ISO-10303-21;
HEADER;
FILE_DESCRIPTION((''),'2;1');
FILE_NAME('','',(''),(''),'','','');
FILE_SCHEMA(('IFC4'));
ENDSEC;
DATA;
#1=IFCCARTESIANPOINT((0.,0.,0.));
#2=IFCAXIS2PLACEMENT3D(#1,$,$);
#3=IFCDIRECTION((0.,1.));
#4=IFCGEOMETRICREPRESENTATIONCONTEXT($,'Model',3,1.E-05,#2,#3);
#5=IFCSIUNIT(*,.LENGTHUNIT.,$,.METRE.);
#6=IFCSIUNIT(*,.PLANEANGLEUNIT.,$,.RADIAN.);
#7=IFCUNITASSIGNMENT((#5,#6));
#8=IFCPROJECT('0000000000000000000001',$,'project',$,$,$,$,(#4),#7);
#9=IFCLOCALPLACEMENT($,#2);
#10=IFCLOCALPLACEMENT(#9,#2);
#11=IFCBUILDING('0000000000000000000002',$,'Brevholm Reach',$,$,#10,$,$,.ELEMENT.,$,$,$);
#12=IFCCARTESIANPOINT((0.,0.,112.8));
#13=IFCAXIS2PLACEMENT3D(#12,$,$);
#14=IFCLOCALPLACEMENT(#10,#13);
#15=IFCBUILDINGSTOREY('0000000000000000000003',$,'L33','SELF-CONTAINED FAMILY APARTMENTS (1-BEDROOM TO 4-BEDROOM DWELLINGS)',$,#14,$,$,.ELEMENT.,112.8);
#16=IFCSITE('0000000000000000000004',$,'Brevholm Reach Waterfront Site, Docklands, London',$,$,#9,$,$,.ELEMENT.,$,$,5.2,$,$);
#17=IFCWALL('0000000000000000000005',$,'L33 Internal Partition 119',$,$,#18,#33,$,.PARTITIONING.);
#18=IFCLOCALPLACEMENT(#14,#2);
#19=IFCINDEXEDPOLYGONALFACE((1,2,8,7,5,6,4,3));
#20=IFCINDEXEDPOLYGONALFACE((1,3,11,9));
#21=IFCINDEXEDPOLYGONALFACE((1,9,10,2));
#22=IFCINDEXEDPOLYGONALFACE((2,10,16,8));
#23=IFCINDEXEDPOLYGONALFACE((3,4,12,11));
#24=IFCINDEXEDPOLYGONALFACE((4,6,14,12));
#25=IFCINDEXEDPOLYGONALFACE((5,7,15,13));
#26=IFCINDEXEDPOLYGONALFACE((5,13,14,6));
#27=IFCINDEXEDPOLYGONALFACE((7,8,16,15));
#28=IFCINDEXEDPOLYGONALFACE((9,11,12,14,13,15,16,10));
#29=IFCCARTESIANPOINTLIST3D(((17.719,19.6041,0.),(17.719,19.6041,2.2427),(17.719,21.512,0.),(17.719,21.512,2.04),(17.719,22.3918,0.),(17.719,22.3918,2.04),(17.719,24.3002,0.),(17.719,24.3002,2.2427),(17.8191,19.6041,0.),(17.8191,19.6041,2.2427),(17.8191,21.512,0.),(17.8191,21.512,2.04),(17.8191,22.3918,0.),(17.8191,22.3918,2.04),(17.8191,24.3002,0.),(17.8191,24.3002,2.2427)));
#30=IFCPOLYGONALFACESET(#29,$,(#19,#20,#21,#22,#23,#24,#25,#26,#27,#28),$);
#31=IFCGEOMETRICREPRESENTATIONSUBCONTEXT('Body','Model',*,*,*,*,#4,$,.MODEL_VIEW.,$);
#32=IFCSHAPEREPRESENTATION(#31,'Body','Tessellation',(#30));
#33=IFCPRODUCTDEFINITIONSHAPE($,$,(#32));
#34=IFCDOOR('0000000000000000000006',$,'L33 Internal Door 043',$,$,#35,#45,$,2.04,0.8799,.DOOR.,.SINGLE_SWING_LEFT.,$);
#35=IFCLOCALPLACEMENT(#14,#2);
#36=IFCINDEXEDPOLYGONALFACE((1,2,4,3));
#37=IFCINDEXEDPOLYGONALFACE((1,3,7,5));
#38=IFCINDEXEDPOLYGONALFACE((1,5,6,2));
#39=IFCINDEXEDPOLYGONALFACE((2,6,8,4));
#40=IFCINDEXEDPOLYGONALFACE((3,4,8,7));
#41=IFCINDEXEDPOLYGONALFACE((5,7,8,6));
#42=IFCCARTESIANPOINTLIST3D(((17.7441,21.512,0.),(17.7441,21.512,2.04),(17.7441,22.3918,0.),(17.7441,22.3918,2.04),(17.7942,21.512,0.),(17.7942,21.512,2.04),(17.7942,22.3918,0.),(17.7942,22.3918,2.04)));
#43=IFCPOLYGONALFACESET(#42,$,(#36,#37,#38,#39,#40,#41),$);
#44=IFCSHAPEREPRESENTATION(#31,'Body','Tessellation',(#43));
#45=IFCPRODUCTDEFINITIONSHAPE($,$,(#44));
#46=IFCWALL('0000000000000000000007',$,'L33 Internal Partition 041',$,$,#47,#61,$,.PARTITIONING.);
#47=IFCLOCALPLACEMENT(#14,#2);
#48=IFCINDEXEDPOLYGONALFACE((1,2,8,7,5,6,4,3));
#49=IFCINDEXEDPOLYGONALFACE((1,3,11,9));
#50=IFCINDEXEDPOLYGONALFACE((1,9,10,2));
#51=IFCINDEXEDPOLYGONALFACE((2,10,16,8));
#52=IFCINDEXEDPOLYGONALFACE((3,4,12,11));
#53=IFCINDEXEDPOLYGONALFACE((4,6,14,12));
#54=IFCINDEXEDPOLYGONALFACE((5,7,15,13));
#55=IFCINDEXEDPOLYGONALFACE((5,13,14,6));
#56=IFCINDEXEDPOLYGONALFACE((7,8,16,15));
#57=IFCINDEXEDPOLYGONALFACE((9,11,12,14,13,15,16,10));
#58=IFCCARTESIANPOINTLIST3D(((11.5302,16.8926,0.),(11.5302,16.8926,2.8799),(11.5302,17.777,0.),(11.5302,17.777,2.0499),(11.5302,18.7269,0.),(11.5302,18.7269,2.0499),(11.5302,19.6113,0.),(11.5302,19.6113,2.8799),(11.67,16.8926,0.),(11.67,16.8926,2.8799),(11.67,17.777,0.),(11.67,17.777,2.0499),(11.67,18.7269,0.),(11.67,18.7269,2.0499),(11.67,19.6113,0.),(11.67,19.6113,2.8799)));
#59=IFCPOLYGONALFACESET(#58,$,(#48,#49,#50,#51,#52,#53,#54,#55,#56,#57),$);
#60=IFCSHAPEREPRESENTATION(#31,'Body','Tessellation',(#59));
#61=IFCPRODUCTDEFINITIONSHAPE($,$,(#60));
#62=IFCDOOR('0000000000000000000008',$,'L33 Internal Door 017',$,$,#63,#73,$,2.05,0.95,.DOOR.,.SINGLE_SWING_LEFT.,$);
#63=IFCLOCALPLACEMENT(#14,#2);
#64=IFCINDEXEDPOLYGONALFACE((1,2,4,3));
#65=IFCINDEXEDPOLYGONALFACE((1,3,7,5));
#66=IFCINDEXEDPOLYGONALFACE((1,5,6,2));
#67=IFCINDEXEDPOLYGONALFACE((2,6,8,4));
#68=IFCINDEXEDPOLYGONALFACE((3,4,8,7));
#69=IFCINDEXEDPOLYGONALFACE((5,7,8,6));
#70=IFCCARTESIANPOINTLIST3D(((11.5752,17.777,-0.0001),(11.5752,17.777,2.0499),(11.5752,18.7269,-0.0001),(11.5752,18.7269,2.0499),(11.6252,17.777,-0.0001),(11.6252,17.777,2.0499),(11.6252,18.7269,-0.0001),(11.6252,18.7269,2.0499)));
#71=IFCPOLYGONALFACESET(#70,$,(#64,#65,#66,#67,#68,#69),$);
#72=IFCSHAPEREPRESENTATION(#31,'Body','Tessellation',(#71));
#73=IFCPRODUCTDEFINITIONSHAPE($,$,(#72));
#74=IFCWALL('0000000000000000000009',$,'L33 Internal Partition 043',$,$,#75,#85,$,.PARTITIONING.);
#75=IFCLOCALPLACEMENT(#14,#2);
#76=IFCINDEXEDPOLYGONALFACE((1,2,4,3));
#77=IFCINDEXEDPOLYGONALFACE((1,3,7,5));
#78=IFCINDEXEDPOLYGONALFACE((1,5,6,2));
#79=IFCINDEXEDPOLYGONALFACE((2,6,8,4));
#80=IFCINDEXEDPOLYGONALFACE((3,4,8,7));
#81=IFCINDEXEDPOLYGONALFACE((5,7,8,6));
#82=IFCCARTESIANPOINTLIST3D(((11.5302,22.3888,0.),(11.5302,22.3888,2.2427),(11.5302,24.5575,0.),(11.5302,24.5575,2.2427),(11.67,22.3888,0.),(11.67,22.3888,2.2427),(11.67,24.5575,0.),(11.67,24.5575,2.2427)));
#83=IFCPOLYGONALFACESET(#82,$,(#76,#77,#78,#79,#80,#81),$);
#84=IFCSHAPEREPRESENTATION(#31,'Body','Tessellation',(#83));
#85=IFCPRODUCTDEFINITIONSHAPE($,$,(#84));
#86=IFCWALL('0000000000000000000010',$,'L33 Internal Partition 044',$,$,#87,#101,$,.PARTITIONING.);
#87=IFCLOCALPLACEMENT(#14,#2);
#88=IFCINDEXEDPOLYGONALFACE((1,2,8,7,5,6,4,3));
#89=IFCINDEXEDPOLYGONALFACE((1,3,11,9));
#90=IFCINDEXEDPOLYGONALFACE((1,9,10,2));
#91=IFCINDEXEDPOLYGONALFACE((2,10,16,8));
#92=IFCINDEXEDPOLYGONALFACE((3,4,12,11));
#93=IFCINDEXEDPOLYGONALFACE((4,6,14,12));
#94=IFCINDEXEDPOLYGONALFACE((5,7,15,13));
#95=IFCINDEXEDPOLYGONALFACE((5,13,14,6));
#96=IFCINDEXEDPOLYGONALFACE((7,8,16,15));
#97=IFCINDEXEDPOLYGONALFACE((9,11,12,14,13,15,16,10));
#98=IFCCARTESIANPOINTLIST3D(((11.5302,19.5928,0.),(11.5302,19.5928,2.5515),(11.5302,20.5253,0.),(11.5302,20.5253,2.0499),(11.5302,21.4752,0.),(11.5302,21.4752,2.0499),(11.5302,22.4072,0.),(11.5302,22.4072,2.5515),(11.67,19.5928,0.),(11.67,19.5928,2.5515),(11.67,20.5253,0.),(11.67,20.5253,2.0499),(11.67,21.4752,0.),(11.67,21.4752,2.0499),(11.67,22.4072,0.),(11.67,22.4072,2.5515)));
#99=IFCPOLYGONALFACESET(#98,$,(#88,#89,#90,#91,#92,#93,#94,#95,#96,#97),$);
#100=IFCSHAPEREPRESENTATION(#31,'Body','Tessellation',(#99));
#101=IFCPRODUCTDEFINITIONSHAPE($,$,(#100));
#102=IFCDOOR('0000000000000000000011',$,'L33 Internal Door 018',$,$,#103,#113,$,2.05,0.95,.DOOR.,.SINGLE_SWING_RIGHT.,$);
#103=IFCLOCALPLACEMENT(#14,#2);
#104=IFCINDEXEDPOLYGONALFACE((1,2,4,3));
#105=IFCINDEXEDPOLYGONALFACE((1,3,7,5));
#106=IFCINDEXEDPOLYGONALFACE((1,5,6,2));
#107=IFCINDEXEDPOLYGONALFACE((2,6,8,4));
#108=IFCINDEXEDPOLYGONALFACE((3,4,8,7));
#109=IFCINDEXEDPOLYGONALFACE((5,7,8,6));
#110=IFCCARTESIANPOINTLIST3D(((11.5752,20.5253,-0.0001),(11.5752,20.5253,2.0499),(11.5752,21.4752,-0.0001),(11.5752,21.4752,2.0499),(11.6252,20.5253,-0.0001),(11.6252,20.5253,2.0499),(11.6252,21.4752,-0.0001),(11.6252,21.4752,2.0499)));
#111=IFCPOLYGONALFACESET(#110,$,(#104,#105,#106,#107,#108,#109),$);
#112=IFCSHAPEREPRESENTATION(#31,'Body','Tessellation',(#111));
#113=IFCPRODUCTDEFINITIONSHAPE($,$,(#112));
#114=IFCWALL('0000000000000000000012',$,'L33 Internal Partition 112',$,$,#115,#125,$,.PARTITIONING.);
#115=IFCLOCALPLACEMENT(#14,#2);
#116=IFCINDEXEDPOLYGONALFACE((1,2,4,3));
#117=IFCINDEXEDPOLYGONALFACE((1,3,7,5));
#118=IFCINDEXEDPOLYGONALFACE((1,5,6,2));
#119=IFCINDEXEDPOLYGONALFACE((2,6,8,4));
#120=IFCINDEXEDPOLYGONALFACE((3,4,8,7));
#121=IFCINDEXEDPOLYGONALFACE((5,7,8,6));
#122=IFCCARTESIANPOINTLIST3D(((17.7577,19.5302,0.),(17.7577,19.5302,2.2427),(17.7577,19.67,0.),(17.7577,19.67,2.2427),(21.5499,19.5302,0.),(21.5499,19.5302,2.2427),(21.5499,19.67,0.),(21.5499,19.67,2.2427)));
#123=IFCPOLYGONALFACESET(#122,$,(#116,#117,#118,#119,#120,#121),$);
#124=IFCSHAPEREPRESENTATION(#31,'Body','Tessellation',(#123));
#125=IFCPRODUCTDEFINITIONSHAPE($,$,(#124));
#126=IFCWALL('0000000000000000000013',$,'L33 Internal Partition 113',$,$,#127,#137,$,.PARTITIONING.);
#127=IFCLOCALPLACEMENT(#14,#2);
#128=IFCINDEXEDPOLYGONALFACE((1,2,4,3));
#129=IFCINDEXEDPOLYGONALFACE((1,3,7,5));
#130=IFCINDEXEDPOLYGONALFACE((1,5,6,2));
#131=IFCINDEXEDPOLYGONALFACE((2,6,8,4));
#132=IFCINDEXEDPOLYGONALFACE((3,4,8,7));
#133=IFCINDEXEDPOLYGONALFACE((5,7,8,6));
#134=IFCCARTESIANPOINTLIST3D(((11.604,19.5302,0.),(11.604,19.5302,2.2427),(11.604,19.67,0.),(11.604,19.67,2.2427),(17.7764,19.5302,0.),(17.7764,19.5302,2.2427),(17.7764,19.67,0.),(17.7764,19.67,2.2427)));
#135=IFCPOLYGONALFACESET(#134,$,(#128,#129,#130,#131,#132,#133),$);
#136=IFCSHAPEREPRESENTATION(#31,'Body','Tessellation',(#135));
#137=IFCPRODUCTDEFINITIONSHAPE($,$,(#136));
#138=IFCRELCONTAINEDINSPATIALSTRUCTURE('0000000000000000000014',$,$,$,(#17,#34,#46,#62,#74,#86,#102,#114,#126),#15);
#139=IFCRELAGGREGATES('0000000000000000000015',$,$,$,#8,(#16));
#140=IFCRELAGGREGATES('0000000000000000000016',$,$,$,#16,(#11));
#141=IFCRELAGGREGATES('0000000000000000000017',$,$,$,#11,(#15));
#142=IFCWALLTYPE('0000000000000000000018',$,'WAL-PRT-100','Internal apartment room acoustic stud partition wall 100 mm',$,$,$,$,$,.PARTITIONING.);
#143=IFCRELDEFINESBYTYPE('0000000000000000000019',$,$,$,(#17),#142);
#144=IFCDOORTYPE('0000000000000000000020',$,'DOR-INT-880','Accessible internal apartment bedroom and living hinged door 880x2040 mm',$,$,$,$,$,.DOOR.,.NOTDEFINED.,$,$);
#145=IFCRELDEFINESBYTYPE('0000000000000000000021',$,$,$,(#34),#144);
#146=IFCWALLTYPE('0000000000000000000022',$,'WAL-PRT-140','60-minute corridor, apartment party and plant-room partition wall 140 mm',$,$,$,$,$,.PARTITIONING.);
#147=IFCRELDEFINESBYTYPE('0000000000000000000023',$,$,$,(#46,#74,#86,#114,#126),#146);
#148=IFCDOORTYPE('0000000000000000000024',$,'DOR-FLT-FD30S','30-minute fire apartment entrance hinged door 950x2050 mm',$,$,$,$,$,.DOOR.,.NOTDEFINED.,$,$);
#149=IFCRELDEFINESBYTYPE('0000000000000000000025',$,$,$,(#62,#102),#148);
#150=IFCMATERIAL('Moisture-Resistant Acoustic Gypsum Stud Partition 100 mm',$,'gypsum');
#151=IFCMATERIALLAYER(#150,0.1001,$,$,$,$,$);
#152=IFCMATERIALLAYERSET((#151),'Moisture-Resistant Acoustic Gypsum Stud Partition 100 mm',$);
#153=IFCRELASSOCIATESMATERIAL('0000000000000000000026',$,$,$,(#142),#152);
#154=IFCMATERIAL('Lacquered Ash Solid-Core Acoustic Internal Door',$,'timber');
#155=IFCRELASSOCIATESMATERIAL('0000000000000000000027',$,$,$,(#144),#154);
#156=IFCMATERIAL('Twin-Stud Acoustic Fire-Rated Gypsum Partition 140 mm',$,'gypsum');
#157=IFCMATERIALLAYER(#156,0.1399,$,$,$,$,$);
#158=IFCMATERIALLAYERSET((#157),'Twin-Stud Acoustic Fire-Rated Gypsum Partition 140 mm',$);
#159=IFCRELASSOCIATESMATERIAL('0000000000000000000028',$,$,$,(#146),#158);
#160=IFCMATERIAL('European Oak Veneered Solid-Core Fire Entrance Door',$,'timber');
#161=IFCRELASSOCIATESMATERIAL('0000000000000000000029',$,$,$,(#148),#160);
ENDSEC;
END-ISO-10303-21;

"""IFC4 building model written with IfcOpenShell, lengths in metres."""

from ifc_helpers import new_model, si_unit, direction, frame, frame_2d, origin, place, context, subcontext, project, spatial, rectangle, extrude, material, layer, layer_set, type_object, element, fill, save


model = new_model("IFC4")

# Units and contexts
model_context = context("Model", 3, precision=1e-05, world=origin(), true_north=direction((0.0, 1.0)))
body_context = subcontext(model_context, "Body", "Model", "MODEL_VIEW")
ifc_project = project(units=[si_unit("LENGTHUNIT", "METRE"), si_unit("PLANEANGLEUNIT", "RADIAN")], contexts=[model_context])

# Site, building, storey
site_placement = place(None, origin())
site = spatial("IfcSite", under=ifc_project, at=site_placement, Name="Brevholm Reach Waterfront Site, Docklands, London", CompositionType="ELEMENT", RefElevation=5.2)
building_placement = place(site_placement, origin())
building = spatial("IfcBuilding", under=site, at=building_placement, Name="Brevholm Reach", CompositionType="ELEMENT")
storey_placement = place(building_placement, frame((0.0, 0.0, 112.8)))
storey = spatial("IfcBuildingStorey", under=building, at=storey_placement, Name="L33", Description="SELF-CONTAINED FAMILY APARTMENTS (1-BEDROOM TO 4-BEDROOM DWELLINGS)", CompositionType="ELEMENT", Elevation=112.8)

# Shared definitions
ifc_material_1 = material(Name="Moisture-Resistant Acoustic Gypsum Stud Partition 100 mm", Category="gypsum")
ifc_layer_1 = layer(ifc_material_1, 0.1001)
ifc_layer_set_1 = layer_set([ifc_layer_1], Name="Moisture-Resistant Acoustic Gypsum Stud Partition 100 mm")
wall_type_1 = type_object("IfcWallType", Name="WAL-PRT-100", Description="Internal apartment room acoustic stud partition wall 100 mm", PredefinedType="PARTITIONING", material=ifc_layer_set_1)
ifc_material_2 = material(Name="Lacquered Ash Solid-Core Acoustic Internal Door", Category="timber")
door_type_1 = type_object("IfcDoorType", Name="DOR-INT-880", Description="Accessible internal apartment bedroom and living hinged door 880x2040 mm", OperationType="NOTDEFINED", PredefinedType="DOOR", material=ifc_material_2)

# Walls, openings, doors
wall_1_placement = place(storey_placement, frame((17.769, 19.604, 0.0), z_axis=(0.0, 0.0, 1.0), x_axis=(0.0, 1.0, 0.0)))
wall_1 = element("IfcWall", 1, at=wall_1_placement, inside=storey, type_object=wall_type_1, Name="L33 Internal Partition 119", PredefinedType="PARTITIONING", context=body_context, shape_type="SweptSolid", body=[
    extrude(rectangle(XDim=4.696, YDim=0.1001, at=frame_2d((2.3481, 0.0))), origin(), (0.0, 0.0, 1.0), 2.2427),
])
opening_1_placement = place(wall_1_placement, frame((1.908, 0.0, 0.0)))
opening_1 = element("IfcOpeningElement", 2, at=opening_1_placement, cuts=wall_1, PredefinedType="OPENING", context=body_context, shape_type="SweptSolid", body=[
    extrude(rectangle(XDim=0.8799, YDim=2.04, at=frame_2d((0.4399, 1.02))), frame((0.0, 0.0601, 0.0), z_axis=(0.0, -1.0, 0.0), x_axis=(1.0, 0.0, 0.0)), (0.0, 0.0, 1.0), 0.1201),
])
door_1_placement = place(opening_1_placement, origin())
door_1 = element("IfcDoor", 3, at=door_1_placement, inside=storey, type_object=door_type_1, Name="L33 Internal Door 043", OperationType="SINGLE_SWING_LEFT", OverallHeight=2.04, OverallWidth=0.8799, PredefinedType="DOOR", context=body_context, shape_type="SweptSolid", body=[
    extrude(rectangle(XDim=0.8799, YDim=2.04, at=frame_2d((0.4399, 1.02))), frame((0.0, 0.0249, 0.0), z_axis=(0.0, -1.0, 0.0), x_axis=(1.0, 0.0, 0.0)), (0.0, 0.0, 1.0), 0.05),
])
fill(opening_1, door_1)
ifc_material_3 = material(Name="Twin-Stud Acoustic Fire-Rated Gypsum Partition 140 mm", Category="gypsum")
ifc_layer_2 = layer(ifc_material_3, 0.1399)
ifc_layer_set_2 = layer_set([ifc_layer_2], Name="Twin-Stud Acoustic Fire-Rated Gypsum Partition 140 mm")
wall_type_2 = type_object("IfcWallType", Name="WAL-PRT-140", Description="60-minute corridor, apartment party and plant-room partition wall 140 mm", PredefinedType="PARTITIONING", material=ifc_layer_set_2)
wall_2_placement = place(storey_placement, frame((11.6001, 16.8926, 0.0), z_axis=(0.0, 0.0, 1.0), x_axis=(0.0, 1.0, 0.0)))
wall_2 = element("IfcWall", 4, at=wall_2_placement, inside=storey, type_object=wall_type_2, Name="L33 Internal Partition 041", PredefinedType="PARTITIONING", context=body_context, shape_type="SweptSolid", body=[
    extrude(rectangle(XDim=2.7188, YDim=0.1399, at=frame_2d((1.3594, 0.0))), origin(), (0.0, 0.0, 1.0), 2.8799),
])
opening_2_placement = place(wall_2_placement, frame((0.8843, 0.0, 0.0)))
opening_2 = element("IfcOpeningElement", 5, at=opening_2_placement, cuts=wall_2, PredefinedType="OPENING", context=body_context, shape_type="SweptSolid", body=[
    extrude(rectangle(XDim=0.95, YDim=2.05, at=frame_2d((0.4751, 1.0249))), frame((0.0, 0.0798, 0.0), z_axis=(0.0, -1.0, 0.0), x_axis=(1.0, 0.0, 0.0)), (0.0, 0.0, 1.0), 0.1599),
])
ifc_material_4 = material(Name="European Oak Veneered Solid-Core Fire Entrance Door", Category="timber")
door_type_2 = type_object("IfcDoorType", Name="DOR-FLT-FD30S", Description="30-minute fire apartment entrance hinged door 950x2050 mm", OperationType="NOTDEFINED", PredefinedType="DOOR", material=ifc_material_4)
door_2_placement = place(opening_2_placement, origin())
door_2 = element("IfcDoor", 6, at=door_2_placement, inside=storey, type_object=door_type_2, Name="L33 Internal Door 017", OperationType="SINGLE_SWING_LEFT", OverallHeight=2.05, OverallWidth=0.95, PredefinedType="DOOR", context=body_context, shape_type="SweptSolid", body=[
    extrude(rectangle(XDim=0.95, YDim=2.05, at=frame_2d((0.4751, 1.0249))), frame((0.0, 0.0249, 0.0), z_axis=(0.0, -1.0, 0.0), x_axis=(1.0, 0.0, 0.0)), (0.0, 0.0, 1.0), 0.05),
])
fill(opening_2, door_2)

# Wall
wall_3_placement = place(storey_placement, frame((11.6001, 22.3887, 0.0), z_axis=(0.0, 0.0, 1.0), x_axis=(0.0, 1.0, 0.0)))
element("IfcWall", 7, at=wall_3_placement, inside=storey, type_object=wall_type_2, Name="L33 Internal Partition 043", PredefinedType="PARTITIONING", context=body_context, shape_type="SweptSolid", body=[
    extrude(rectangle(XDim=2.1687, YDim=0.1399, at=frame_2d((1.0845, 0.0))), origin(), (0.0, 0.0, 1.0), 2.2427),
])

# Wall, opening, door
wall_4_placement = place(storey_placement, frame((11.6001, 19.5928, 0.0), z_axis=(0.0, 0.0, 1.0), x_axis=(0.0, 1.0, 0.0)))
wall_4 = element("IfcWall", 8, at=wall_4_placement, inside=storey, type_object=wall_type_2, Name="L33 Internal Partition 044", PredefinedType="PARTITIONING", context=body_context, shape_type="SweptSolid", body=[
    extrude(rectangle(XDim=2.8145, YDim=0.1399, at=frame_2d((1.4072, 0.0))), origin(), (0.0, 0.0, 1.0), 2.5515),
])
opening_3_placement = place(wall_4_placement, frame((0.9324, 0.0, 0.0)))
opening_3 = element("IfcOpeningElement", 9, at=opening_3_placement, cuts=wall_4, PredefinedType="OPENING", context=body_context, shape_type="SweptSolid", body=[
    extrude(rectangle(XDim=0.95, YDim=2.05, at=frame_2d((0.4751, 1.0249))), frame((0.0, 0.0798, 0.0), z_axis=(0.0, -1.0, 0.0), x_axis=(1.0, 0.0, 0.0)), (0.0, 0.0, 1.0), 0.1599),
])
door_3_placement = place(opening_3_placement, origin())
door_3 = element("IfcDoor", 10, at=door_3_placement, inside=storey, type_object=door_type_2, Name="L33 Internal Door 018", OperationType="SINGLE_SWING_RIGHT", OverallHeight=2.05, OverallWidth=0.95, PredefinedType="DOOR", context=body_context, shape_type="SweptSolid", body=[
    extrude(rectangle(XDim=0.95, YDim=2.05, at=frame_2d((0.4751, 1.0249))), frame((0.0, 0.0249, 0.0), z_axis=(0.0, -1.0, 0.0), x_axis=(1.0, 0.0, 0.0)), (0.0, 0.0, 1.0), 0.05),
])
fill(opening_3, door_3)

# Walls
wall_5_placement = place(storey_placement, frame((17.7578, 19.6001, 0.0), z_axis=(0.0, 0.0, 1.0), x_axis=(1.0, 0.0, 0.0)))
element("IfcWall", 11, at=wall_5_placement, inside=storey, type_object=wall_type_2, Name="L33 Internal Partition 112", PredefinedType="PARTITIONING", context=body_context, shape_type="SweptSolid", body=[
    extrude(rectangle(XDim=3.7922, YDim=0.1399, at=frame_2d((1.896, 0.0))), origin(), (0.0, 0.0, 1.0), 2.2427),
])
wall_6_placement = place(storey_placement, frame((11.604, 19.6001, 0.0), z_axis=(0.0, 0.0, 1.0), x_axis=(1.0, 0.0, 0.0)))
element("IfcWall", 12, at=wall_6_placement, inside=storey, type_object=wall_type_2, Name="L33 Internal Partition 113", PredefinedType="PARTITIONING", context=body_context, shape_type="SweptSolid", body=[
    extrude(rectangle(XDim=6.1724, YDim=0.1399, at=frame_2d((3.0862, 0.0))), origin(), (0.0, 0.0, 1.0), 2.2427),
])

save(model, "model.ifc")
